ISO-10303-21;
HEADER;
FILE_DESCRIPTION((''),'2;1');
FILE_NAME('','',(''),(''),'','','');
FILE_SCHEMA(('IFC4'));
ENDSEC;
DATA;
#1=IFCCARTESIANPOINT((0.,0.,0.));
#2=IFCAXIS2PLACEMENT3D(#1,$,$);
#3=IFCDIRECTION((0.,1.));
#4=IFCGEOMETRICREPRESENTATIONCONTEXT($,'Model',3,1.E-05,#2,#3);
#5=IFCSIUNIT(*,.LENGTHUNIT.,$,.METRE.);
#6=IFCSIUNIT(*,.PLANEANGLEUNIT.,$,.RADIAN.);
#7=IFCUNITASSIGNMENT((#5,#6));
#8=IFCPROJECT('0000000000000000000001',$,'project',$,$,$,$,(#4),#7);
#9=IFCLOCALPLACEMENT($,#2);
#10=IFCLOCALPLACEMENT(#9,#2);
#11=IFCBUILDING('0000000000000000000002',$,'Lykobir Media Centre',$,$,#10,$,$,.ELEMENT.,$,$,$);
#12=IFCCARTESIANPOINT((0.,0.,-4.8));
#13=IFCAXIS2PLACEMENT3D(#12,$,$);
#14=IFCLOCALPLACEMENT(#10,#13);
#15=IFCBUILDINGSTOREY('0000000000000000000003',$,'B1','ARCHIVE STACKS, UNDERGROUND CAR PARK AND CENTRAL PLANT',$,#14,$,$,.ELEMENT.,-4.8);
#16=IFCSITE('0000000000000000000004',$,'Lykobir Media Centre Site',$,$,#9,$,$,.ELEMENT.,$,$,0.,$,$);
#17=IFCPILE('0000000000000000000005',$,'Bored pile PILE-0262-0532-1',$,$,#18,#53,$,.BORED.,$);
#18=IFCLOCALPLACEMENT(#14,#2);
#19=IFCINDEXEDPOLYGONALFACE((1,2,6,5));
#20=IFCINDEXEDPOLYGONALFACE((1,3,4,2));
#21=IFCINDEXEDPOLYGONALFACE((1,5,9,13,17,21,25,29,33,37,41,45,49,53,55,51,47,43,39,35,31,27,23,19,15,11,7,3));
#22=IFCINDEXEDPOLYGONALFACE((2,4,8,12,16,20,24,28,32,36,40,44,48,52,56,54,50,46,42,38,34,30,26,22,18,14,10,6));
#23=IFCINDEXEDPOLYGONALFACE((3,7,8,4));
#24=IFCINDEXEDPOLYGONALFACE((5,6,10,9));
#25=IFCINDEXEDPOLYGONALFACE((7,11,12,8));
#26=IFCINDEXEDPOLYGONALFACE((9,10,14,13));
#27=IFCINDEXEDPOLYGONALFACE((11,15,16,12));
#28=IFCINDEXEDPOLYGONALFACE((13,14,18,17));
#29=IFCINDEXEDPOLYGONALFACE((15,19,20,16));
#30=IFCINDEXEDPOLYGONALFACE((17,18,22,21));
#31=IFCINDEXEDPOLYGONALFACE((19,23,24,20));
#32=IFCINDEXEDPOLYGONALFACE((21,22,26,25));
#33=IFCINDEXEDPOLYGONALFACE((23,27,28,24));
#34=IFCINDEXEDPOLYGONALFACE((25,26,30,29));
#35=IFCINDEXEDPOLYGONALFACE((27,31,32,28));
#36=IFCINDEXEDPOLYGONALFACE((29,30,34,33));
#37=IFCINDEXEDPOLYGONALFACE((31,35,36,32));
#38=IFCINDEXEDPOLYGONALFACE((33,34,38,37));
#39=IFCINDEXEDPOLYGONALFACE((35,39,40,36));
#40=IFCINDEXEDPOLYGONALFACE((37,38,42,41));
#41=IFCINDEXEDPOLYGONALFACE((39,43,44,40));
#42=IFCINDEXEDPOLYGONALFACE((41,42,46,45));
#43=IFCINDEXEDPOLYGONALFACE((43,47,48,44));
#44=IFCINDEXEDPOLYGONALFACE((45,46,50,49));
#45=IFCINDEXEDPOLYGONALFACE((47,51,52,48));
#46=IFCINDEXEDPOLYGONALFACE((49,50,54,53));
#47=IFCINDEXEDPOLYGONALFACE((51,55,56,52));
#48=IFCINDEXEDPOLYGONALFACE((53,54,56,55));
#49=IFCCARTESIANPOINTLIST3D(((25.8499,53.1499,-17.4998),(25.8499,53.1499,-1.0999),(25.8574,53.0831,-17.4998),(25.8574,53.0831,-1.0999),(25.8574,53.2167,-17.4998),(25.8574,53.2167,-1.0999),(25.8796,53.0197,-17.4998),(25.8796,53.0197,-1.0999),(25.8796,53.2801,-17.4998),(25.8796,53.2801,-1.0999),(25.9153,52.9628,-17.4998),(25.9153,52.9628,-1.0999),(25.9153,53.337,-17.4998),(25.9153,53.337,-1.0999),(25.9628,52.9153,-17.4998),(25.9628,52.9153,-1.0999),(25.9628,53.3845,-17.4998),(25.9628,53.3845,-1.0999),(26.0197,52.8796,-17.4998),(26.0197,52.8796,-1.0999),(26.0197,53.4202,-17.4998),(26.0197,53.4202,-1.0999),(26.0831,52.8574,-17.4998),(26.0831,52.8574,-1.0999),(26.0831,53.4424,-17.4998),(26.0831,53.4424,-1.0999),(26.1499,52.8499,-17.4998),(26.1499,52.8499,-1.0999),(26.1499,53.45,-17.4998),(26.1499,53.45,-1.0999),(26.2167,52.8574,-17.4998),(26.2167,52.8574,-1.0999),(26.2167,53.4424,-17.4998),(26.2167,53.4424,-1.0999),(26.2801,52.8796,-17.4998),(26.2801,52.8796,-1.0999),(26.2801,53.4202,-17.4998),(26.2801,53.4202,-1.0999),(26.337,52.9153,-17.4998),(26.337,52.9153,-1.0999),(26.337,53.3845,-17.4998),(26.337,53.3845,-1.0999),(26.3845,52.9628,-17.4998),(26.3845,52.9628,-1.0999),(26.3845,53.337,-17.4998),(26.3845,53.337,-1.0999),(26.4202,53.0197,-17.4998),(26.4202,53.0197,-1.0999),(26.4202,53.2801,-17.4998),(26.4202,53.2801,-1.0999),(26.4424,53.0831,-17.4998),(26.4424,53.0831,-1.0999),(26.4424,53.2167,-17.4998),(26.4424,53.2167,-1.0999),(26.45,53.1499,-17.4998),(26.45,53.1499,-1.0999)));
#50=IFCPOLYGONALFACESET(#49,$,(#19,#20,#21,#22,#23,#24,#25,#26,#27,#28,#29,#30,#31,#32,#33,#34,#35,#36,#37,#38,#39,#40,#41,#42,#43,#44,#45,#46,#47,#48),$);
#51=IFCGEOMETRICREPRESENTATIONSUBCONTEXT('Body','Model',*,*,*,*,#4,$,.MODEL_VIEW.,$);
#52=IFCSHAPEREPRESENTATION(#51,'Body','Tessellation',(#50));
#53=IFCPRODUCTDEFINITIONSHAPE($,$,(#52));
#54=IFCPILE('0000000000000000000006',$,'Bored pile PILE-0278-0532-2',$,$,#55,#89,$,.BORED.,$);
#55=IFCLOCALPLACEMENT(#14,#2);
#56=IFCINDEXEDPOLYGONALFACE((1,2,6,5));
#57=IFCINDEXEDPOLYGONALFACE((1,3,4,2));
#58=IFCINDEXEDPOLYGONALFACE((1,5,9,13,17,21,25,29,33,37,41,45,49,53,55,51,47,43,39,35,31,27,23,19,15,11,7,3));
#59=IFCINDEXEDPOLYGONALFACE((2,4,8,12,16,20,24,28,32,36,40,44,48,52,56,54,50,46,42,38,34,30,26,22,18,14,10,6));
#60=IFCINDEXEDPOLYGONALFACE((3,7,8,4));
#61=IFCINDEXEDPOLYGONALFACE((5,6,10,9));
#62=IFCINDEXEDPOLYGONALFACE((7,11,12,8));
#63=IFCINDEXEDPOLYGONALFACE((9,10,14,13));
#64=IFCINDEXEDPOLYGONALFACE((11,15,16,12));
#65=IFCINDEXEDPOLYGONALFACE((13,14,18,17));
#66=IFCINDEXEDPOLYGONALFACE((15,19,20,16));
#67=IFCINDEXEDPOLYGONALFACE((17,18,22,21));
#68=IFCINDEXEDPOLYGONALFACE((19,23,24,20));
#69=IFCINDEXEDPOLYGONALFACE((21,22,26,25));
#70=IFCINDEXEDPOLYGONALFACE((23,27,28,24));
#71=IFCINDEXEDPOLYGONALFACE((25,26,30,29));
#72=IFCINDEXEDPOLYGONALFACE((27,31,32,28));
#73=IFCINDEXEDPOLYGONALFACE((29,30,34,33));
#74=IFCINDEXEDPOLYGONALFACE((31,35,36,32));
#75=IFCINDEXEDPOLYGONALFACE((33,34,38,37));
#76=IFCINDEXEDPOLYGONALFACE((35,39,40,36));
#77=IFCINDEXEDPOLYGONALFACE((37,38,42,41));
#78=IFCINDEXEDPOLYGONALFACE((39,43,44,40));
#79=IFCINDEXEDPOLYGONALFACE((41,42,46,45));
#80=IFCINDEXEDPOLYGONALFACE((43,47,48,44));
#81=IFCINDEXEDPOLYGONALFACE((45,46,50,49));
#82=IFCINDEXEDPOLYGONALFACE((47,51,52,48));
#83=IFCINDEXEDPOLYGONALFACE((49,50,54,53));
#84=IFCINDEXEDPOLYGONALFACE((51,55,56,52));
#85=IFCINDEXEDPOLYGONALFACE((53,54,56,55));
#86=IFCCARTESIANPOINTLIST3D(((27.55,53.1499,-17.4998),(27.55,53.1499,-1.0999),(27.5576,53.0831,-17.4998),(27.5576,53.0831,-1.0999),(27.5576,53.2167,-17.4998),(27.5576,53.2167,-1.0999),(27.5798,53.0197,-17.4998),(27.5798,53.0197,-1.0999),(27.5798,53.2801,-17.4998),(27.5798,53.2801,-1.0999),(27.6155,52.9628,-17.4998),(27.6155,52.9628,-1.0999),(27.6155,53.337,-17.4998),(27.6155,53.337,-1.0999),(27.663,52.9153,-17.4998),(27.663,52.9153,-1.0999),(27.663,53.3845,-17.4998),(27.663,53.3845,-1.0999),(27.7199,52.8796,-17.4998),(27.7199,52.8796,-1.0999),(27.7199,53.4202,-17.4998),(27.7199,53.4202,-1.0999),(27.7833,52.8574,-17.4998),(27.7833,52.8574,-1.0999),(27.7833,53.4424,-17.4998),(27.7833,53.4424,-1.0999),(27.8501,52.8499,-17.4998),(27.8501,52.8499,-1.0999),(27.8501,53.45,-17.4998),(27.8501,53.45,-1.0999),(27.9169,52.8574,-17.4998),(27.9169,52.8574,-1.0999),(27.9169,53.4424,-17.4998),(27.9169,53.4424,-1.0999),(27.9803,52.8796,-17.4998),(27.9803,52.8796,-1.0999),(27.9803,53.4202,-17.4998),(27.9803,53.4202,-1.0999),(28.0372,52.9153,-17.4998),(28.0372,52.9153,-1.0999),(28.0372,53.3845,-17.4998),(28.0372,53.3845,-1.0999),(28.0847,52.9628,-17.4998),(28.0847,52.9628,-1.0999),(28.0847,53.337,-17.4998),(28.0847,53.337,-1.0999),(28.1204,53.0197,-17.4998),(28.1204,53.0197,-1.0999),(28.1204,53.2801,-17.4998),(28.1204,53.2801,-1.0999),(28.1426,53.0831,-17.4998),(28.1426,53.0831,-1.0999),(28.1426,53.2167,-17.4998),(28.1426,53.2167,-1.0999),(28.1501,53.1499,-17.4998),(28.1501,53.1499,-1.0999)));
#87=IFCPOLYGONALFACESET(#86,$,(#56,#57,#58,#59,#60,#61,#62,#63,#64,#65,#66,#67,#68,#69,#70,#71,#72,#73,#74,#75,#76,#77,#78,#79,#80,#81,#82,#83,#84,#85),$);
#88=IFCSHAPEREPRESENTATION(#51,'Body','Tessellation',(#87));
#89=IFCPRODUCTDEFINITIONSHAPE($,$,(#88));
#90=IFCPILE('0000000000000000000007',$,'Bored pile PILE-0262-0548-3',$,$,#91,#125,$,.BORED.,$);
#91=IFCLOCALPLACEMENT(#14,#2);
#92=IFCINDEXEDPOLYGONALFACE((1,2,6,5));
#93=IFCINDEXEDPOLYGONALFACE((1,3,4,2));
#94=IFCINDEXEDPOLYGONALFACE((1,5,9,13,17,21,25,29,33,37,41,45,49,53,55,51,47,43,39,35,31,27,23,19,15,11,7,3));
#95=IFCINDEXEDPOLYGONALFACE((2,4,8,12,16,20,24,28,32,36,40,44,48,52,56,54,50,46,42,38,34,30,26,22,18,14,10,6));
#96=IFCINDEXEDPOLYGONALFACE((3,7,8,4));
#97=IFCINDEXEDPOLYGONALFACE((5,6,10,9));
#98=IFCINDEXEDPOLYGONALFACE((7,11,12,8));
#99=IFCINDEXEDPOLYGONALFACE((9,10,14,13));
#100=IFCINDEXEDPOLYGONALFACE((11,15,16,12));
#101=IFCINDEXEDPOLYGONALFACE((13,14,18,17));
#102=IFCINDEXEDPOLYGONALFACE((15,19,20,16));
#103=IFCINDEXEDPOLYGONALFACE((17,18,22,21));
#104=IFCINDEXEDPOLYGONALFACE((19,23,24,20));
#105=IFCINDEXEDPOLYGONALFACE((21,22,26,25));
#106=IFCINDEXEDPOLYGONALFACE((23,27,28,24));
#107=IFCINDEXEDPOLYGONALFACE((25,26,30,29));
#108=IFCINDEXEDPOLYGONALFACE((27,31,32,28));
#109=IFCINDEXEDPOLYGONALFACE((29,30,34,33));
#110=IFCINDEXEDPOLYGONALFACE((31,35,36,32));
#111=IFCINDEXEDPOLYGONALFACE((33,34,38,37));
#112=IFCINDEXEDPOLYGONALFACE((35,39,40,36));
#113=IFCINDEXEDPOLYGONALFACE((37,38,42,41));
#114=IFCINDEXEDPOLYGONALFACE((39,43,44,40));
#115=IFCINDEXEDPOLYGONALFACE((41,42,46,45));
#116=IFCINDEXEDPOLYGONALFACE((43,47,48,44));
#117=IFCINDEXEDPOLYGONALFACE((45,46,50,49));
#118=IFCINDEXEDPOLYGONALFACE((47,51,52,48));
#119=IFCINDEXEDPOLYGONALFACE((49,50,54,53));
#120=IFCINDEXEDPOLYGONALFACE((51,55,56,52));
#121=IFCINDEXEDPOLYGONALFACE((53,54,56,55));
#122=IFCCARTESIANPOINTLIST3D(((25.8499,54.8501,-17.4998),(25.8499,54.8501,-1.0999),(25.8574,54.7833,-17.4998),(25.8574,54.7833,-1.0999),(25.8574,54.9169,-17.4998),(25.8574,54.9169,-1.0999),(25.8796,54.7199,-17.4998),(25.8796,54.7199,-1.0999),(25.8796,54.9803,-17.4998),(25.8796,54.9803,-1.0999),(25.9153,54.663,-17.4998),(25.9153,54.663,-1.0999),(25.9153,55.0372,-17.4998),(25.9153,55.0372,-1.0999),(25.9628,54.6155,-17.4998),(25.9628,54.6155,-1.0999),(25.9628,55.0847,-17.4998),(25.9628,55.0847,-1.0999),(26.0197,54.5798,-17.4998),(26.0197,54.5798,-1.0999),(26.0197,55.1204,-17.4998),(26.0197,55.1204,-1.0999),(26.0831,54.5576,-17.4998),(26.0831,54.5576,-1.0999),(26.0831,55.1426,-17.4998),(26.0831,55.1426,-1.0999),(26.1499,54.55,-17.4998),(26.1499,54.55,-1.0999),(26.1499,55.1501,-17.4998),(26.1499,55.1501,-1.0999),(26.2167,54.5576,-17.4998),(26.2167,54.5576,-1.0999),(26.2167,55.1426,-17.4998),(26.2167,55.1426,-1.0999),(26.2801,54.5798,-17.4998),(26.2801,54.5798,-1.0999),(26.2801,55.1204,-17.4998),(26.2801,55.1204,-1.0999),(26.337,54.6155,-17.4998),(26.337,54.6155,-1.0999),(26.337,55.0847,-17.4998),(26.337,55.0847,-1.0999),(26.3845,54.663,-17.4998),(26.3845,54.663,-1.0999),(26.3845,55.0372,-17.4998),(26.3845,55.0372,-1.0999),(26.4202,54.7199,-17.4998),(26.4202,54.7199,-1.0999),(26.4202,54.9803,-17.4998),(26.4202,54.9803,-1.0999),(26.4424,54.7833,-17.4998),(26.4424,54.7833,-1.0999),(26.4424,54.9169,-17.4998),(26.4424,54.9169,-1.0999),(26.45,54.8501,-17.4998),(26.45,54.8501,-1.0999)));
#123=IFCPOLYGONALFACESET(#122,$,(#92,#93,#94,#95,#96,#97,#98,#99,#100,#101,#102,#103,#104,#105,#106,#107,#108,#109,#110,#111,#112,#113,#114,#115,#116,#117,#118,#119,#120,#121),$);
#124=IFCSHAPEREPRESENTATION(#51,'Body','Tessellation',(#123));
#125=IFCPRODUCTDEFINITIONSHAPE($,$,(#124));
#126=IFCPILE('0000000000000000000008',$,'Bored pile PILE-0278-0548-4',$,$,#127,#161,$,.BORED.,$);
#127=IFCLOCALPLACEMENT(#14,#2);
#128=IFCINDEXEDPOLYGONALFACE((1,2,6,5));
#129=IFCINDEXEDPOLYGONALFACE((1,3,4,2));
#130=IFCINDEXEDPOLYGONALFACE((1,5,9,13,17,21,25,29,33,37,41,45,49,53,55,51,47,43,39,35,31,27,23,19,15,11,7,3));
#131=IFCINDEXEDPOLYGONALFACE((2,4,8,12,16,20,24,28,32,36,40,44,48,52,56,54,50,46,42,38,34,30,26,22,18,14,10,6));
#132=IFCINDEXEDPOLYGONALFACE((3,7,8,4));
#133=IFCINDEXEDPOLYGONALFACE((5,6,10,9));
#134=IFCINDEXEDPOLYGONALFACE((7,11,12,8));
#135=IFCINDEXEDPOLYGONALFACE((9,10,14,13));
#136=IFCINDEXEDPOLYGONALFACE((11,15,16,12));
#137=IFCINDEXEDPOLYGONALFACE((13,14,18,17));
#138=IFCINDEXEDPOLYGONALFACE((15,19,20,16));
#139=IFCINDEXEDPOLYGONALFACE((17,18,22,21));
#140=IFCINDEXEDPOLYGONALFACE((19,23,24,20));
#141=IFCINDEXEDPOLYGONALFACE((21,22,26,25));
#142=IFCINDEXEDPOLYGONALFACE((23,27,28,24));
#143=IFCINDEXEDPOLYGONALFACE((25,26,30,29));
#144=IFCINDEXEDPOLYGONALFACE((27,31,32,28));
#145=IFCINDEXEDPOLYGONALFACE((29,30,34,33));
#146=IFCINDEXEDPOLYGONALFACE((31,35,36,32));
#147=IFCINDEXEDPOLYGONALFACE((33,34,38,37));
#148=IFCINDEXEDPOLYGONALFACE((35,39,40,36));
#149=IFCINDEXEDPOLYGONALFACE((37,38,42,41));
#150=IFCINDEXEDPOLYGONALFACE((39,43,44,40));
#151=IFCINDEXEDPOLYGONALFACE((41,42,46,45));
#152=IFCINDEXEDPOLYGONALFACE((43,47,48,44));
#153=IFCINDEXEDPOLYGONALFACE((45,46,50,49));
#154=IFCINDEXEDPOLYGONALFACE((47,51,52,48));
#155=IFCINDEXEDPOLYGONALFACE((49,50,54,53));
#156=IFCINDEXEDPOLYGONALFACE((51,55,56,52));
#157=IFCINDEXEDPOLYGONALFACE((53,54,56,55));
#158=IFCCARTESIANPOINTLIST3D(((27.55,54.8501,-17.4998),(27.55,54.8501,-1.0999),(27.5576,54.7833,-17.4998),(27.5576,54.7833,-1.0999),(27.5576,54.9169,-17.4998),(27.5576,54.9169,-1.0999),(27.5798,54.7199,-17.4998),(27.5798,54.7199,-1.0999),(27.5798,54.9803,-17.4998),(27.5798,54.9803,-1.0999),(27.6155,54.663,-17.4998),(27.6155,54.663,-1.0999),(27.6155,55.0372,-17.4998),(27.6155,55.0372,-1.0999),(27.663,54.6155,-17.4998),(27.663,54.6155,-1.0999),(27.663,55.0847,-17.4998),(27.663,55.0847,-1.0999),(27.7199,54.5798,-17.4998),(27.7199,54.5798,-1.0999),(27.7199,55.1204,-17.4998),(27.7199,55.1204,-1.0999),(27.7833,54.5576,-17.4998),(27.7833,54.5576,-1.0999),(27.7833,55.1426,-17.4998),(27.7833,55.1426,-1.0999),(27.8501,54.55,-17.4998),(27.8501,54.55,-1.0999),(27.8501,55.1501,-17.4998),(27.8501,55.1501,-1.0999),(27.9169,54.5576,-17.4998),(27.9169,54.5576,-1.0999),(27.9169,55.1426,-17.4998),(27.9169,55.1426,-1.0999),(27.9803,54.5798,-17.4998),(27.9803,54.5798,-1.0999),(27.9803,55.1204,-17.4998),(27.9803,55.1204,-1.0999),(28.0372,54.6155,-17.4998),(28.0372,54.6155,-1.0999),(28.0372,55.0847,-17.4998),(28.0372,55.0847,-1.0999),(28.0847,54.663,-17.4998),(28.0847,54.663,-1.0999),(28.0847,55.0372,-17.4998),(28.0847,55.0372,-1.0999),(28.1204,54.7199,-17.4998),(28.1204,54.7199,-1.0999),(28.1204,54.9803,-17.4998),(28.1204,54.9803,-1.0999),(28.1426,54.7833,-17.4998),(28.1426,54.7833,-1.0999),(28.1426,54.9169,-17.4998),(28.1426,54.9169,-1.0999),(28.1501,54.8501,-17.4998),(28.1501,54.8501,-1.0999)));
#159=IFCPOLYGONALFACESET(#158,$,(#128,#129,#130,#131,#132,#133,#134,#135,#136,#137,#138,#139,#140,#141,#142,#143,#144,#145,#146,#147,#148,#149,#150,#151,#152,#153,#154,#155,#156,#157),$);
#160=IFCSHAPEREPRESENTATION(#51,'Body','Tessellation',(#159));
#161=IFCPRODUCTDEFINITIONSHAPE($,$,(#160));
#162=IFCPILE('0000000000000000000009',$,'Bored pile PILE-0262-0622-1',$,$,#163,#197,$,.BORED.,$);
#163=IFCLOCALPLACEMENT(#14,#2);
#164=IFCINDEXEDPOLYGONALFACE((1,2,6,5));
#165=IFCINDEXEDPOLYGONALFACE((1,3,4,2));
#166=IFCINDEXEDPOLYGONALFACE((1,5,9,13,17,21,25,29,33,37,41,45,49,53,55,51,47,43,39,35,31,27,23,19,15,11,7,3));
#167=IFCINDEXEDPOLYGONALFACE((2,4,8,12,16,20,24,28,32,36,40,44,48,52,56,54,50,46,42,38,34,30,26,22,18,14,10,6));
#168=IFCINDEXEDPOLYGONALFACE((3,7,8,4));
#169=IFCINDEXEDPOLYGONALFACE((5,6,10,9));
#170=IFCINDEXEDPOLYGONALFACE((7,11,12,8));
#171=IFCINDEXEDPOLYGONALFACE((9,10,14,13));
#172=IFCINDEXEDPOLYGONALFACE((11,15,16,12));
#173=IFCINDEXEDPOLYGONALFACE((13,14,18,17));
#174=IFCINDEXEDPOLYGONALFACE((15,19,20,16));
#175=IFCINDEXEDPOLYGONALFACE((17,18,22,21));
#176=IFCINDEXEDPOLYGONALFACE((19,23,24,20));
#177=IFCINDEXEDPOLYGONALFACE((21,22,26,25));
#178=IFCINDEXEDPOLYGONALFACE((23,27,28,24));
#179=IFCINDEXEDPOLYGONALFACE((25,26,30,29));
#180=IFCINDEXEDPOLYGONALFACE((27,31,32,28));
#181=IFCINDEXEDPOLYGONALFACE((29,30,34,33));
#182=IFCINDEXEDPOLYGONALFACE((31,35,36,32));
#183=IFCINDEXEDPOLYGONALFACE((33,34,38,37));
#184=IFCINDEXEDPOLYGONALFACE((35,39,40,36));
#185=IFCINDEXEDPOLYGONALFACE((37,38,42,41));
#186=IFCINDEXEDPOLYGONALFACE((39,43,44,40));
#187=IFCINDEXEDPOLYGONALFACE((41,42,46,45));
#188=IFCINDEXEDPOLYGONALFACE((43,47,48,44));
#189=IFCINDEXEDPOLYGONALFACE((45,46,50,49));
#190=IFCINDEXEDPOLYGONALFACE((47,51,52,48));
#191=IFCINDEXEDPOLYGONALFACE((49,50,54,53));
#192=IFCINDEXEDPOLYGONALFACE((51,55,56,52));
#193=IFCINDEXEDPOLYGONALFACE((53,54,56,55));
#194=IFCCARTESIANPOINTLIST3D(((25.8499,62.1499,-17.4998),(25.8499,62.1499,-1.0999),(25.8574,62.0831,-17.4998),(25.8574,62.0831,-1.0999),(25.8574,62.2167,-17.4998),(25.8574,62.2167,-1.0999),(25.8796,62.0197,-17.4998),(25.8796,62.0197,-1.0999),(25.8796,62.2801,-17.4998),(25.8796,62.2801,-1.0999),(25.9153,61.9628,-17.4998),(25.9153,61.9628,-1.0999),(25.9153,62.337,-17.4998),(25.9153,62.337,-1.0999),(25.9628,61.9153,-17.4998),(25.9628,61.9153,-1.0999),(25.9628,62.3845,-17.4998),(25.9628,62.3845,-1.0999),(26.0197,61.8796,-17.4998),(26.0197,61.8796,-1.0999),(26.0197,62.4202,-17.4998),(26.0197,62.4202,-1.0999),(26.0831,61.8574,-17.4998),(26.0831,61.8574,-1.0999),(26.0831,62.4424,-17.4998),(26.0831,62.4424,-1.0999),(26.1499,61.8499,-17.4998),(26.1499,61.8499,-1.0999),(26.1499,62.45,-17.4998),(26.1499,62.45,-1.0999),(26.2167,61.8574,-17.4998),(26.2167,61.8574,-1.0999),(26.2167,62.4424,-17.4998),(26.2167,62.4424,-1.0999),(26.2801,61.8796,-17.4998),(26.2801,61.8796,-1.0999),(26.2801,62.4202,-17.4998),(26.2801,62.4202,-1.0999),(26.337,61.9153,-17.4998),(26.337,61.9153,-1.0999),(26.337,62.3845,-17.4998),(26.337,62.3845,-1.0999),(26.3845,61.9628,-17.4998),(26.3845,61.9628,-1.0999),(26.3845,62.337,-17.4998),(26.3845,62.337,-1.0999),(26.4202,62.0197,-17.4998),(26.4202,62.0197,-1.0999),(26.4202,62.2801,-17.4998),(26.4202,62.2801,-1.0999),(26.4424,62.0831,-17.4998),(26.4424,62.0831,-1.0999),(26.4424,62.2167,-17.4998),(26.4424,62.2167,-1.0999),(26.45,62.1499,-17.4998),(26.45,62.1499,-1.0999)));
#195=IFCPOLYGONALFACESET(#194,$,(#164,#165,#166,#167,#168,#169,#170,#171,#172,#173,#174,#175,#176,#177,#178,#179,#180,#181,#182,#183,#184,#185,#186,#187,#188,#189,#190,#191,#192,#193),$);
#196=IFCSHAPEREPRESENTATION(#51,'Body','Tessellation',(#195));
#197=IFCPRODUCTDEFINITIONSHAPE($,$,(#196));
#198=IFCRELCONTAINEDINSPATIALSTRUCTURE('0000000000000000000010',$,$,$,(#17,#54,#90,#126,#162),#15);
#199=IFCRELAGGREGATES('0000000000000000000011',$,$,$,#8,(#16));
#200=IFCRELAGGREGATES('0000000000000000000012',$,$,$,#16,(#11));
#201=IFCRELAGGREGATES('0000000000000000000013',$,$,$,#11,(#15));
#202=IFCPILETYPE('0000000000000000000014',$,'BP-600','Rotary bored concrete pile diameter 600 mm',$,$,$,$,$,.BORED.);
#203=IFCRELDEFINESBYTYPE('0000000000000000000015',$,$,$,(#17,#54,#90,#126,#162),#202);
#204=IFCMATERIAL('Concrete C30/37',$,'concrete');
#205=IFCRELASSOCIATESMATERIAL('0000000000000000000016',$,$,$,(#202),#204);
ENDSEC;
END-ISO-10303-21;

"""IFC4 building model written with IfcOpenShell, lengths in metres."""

from ifc_helpers import new_model, si_unit, direction, frame, origin, origin_2d, place, context, subcontext, project, spatial, circle, extrude, material, material_profile, profile_set, type_object, element, save


model = new_model("IFC4")

# Units and contexts
model_context = context("Model", 3, precision=1e-05, world=origin(), true_north=direction((0.0, 1.0)))
body_context = subcontext(model_context, "Body", "Model", "MODEL_VIEW")
ifc_project = project(units=[si_unit("LENGTHUNIT", "METRE"), si_unit("PLANEANGLEUNIT", "RADIAN")], contexts=[model_context])

# Site, building, storey
site_placement = place(None, origin())
site = spatial("IfcSite", under=ifc_project, at=site_placement, Name="Lykobir Media Centre Site", CompositionType="ELEMENT", RefElevation=0.0)
building_placement = place(site_placement, origin())
building = spatial("IfcBuilding", under=site, at=building_placement, Name="Lykobir Media Centre", CompositionType="ELEMENT")
storey_placement = place(building_placement, frame((0.0, 0.0, -4.8)))
storey = spatial("IfcBuildingStorey", under=building, at=storey_placement, Name="B1", Description="ARCHIVE STACKS, UNDERGROUND CAR PARK AND CENTRAL PLANT", CompositionType="ELEMENT", Elevation=-4.8)

# Piles
ifc_material_1 = material(Name="Concrete C30/37", Category="concrete")
ifc_material_profile_1 = material_profile(ifc_material_1, circle(Radius=0.3, at=origin_2d()), Name="BORED PILE D600")
ifc_profile_set_1 = profile_set([ifc_material_profile_1], Name="Concrete C30/37")
pile_type_1 = type_object("IfcPileType", Name="BP-600", Description="Rotary bored concrete pile diameter 600 mm", PredefinedType="BORED", material=ifc_profile_set_1)
for number, where, z_axis, x_axis, name in (
    (1, (26.1499, 53.1499, -1.0999), (0.0, 0.0, -1.0), (1.0, 0.0, 0.0), "Bored pile PILE-0262-0532-1"),
    (2, (27.8501, 53.1499, -1.0999), (0.0, 0.0, -1.0), (1.0, 0.0, 0.0), "Bored pile PILE-0278-0532-2"),
    (3, (26.1499, 54.8501, -1.0999), (0.0, 0.0, -1.0), (1.0, 0.0, 0.0), "Bored pile PILE-0262-0548-3"),
    (4, (27.8501, 54.8501, -1.0999), (0.0, 0.0, -1.0), (1.0, 0.0, 0.0), "Bored pile PILE-0278-0548-4"),
    (5, (26.1499, 62.1499, -1.0999), (0.0, 0.0, -1.0), (1.0, 0.0, 0.0), "Bored pile PILE-0262-0622-1"),
):
    element("IfcPile", number, at=place(storey_placement, frame(where, z_axis=z_axis, x_axis=x_axis)), inside=storey, type_object=pile_type_1, Name=name, PredefinedType="BORED", context=body_context, shape_type="SweptSolid", body=[
        extrude(circle(Radius=0.3, at=origin_2d()), origin(), (0.0, 0.0, 1.0), 16.3999),
    ])

save(model, "model.ifc")
